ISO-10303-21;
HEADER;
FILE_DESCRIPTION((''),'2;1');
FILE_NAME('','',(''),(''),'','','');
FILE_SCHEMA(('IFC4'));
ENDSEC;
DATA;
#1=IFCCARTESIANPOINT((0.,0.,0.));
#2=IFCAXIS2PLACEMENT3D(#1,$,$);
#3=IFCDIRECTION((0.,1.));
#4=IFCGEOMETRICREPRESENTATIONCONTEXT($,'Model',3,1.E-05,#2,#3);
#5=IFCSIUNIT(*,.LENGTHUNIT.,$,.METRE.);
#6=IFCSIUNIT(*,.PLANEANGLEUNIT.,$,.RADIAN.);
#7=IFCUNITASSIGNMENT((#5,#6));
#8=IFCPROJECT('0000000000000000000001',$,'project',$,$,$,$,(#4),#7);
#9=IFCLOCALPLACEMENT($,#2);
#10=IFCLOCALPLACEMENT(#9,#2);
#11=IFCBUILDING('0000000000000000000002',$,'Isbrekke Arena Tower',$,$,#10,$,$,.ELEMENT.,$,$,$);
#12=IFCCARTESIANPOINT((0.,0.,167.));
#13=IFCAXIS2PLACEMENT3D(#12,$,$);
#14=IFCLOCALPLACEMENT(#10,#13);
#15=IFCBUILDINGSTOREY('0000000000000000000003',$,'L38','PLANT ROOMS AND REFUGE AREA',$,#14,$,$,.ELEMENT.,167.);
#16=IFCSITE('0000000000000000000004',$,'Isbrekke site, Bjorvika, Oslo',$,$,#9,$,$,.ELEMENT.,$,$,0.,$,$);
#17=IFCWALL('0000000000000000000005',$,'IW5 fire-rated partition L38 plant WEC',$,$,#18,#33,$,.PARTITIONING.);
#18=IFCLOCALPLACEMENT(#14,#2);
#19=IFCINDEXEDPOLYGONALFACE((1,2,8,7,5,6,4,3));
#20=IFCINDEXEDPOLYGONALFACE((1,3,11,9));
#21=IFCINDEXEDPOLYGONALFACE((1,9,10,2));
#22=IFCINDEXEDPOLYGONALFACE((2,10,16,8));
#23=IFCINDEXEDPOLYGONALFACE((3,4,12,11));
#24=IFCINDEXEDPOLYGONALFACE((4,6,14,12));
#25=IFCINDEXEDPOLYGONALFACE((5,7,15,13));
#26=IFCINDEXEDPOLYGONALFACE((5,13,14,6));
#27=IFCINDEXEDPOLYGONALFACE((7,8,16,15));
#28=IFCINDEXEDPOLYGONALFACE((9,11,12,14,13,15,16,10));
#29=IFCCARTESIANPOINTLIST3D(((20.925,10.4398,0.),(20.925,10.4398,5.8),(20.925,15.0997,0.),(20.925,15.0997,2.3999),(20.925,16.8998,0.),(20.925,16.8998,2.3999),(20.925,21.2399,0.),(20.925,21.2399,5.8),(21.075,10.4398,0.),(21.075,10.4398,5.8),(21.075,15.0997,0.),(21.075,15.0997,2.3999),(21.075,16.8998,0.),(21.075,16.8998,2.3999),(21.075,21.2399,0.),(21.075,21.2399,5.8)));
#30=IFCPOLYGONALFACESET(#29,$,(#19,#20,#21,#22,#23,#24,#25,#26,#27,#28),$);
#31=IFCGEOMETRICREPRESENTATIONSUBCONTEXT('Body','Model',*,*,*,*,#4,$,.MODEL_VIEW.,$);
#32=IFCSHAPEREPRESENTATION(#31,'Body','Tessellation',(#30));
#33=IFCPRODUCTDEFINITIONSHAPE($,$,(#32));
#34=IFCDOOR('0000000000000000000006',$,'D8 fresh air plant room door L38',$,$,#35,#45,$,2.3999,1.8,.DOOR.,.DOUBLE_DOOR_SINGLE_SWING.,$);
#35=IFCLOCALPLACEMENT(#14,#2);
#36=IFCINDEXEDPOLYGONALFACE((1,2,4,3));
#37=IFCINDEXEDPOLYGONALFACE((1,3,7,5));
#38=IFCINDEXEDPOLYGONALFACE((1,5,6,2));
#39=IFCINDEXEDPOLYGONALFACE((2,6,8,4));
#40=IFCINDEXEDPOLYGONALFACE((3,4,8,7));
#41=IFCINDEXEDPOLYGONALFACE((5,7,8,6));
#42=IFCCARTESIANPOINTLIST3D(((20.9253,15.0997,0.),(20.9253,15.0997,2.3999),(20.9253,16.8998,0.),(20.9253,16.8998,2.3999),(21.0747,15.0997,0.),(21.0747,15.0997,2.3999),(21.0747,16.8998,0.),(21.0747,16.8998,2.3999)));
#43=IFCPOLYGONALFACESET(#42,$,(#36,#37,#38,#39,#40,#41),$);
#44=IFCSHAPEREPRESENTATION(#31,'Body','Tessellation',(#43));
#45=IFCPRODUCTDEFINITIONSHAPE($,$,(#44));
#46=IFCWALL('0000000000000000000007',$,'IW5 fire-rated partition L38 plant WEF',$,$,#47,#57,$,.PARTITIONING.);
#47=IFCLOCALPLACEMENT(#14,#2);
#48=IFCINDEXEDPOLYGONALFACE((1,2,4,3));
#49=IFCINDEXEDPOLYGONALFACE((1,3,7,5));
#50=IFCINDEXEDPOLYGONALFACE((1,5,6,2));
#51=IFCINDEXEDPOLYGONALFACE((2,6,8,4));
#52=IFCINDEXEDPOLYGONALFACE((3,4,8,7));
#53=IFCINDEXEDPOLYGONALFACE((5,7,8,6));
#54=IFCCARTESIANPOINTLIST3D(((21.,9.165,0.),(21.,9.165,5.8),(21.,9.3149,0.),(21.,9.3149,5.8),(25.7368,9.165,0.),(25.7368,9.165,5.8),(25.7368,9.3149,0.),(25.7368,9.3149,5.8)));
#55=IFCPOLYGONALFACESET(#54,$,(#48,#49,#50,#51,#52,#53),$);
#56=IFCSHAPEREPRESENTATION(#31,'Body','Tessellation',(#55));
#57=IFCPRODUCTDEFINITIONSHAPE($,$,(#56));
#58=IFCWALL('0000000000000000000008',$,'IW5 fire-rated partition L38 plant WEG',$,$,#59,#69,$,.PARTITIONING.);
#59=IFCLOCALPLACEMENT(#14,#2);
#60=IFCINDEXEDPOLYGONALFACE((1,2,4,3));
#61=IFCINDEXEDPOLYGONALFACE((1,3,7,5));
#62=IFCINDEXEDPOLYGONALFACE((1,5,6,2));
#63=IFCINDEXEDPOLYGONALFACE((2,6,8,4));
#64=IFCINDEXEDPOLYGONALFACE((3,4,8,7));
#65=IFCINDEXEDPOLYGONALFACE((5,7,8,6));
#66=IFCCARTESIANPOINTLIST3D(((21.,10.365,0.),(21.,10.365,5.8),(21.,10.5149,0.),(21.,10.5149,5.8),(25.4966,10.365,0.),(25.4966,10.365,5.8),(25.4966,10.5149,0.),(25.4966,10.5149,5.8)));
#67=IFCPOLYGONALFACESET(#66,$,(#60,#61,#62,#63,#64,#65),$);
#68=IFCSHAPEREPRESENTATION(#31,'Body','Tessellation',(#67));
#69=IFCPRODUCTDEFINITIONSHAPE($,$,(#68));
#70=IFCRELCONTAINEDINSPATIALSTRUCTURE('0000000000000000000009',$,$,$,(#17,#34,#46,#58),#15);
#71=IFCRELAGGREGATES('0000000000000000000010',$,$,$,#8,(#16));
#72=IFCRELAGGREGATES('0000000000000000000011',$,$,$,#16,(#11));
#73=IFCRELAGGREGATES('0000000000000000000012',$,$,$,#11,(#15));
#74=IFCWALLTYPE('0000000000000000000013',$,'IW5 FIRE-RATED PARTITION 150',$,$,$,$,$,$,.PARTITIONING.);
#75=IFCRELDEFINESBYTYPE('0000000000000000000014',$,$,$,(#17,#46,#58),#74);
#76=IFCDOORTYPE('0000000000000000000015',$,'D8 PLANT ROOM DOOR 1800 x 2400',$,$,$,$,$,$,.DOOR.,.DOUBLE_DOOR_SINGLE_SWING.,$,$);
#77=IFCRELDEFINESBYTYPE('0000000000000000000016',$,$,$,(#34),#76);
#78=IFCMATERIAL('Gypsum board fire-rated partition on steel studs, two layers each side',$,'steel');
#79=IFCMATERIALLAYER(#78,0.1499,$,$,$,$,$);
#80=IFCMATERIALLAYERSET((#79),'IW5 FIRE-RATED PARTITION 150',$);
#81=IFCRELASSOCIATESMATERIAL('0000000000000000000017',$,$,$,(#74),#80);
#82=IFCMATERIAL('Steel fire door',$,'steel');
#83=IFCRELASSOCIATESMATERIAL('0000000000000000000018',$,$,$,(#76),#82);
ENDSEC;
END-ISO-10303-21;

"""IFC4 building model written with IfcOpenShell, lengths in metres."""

from ifc_helpers import new_model, si_unit, direction, frame, frame_2d, origin, place, context, subcontext, project, spatial, rectangle, extrude, material, layer, layer_set, type_object, element, fill, save


model = new_model("IFC4")

# Units and contexts
model_context = context("Model", 3, precision=1e-05, world=origin(), true_north=direction((0.0, 1.0)))
body_context = subcontext(model_context, "Body", "Model", "MODEL_VIEW")
ifc_project = project(units=[si_unit("LENGTHUNIT", "METRE"), si_unit("PLANEANGLEUNIT", "RADIAN")], contexts=[model_context])

# Site, building, storey
site_placement = place(None, origin())
site = spatial("IfcSite", under=ifc_project, at=site_placement, Name="Isbrekke site, Bjorvika, Oslo", CompositionType="ELEMENT", RefElevation=0.0)
building_placement = place(site_placement, origin())
building = spatial("IfcBuilding", under=site, at=building_placement, Name="Isbrekke Arena Tower", CompositionType="ELEMENT")
storey_placement = place(building_placement, frame((0.0, 0.0, 167.0)))
storey = spatial("IfcBuildingStorey", under=building, at=storey_placement, Name="L38", Description="PLANT ROOMS AND REFUGE AREA", CompositionType="ELEMENT", Elevation=167.0)

# Wall, opening, door
ifc_material_1 = material(Name="Gypsum board fire-rated partition on steel studs, two layers each side", Category="steel")
ifc_layer_1 = layer(ifc_material_1, 0.1499)
ifc_layer_set_1 = layer_set([ifc_layer_1], Name="IW5 FIRE-RATED PARTITION 150")
wall_type = type_object("IfcWallType", Name="IW5 FIRE-RATED PARTITION 150", PredefinedType="PARTITIONING", material=ifc_layer_set_1)
wall_1_placement = place(storey_placement, frame((21.0, 10.4399, 0.0), z_axis=(0.0, 0.0, 1.0), x_axis=(0.0, 1.0, 0.0)))
wall_1 = element("IfcWall", 1, at=wall_1_placement, inside=storey, type_object=wall_type, Name="IW5 fire-rated partition L38 plant WEC", PredefinedType="PARTITIONING", context=body_context, shape_type="SweptSolid", body=[
    extrude(rectangle(XDim=10.8, YDim=0.1499, at=frame_2d((5.3999, 0.0))), origin(), (0.0, 0.0, 1.0), 5.8),
])
opening_placement = place(wall_1_placement, frame((4.6599, 0.0, 0.0)))
opening = element("IfcOpeningElement", 2, at=opening_placement, cuts=wall_1, PredefinedType="OPENING", context=body_context, shape_type="SweptSolid", body=[
    extrude(rectangle(XDim=1.8, YDim=2.3999, at=frame_2d((0.8999, 1.2))), frame((0.0, 0.0898, 0.0), z_axis=(0.0, -1.0, 0.0), x_axis=(1.0, 0.0, 0.0)), (0.0, 0.0, 1.0), 0.1797),
])
ifc_material_2 = material(Name="Steel fire door", Category="steel")
door_type = type_object("IfcDoorType", Name="D8 PLANT ROOM DOOR 1800 x 2400", OperationType="DOUBLE_DOOR_SINGLE_SWING", PredefinedType="DOOR", material=ifc_material_2)
door_placement = place(opening_placement, origin())
door = element("IfcDoor", 3, at=door_placement, inside=storey, type_object=door_type, Name="D8 fresh air plant room door L38", OperationType="DOUBLE_DOOR_SINGLE_SWING", OverallHeight=2.3999, OverallWidth=1.8, PredefinedType="DOOR", context=body_context, shape_type="SweptSolid", body=[
    extrude(rectangle(XDim=1.8, YDim=2.3999, at=frame_2d((0.8999, 1.2))), frame((0.0, 0.0747, 0.0), z_axis=(0.0, -1.0, 0.0), x_axis=(1.0, 0.0, 0.0)), (0.0, 0.0, 1.0), 0.1494),
])
fill(opening, door)

# Walls
wall_2_placement = place(storey_placement, frame((21.0, 9.24, 0.0), z_axis=(0.0, 0.0, 1.0), x_axis=(1.0, 0.0, 0.0)))
element("IfcWall", 4, at=wall_2_placement, inside=storey, type_object=wall_type, Name="IW5 fire-rated partition L38 plant WEF", PredefinedType="PARTITIONING", context=body_context, shape_type="SweptSolid", body=[
    extrude(rectangle(XDim=4.7368, YDim=0.1499, at=frame_2d((2.3684, 0.0))), origin(), (0.0, 0.0, 1.0), 5.8),
])
wall_3_placement = place(storey_placement, frame((21.0, 10.4399, 0.0), z_axis=(0.0, 0.0, 1.0), x_axis=(1.0, 0.0, 0.0)))
element("IfcWall", 5, at=wall_3_placement, inside=storey, type_object=wall_type, Name="IW5 fire-rated partition L38 plant WEG", PredefinedType="PARTITIONING", context=body_context, shape_type="SweptSolid", body=[
    extrude(rectangle(XDim=4.4966, YDim=0.1499, at=frame_2d((2.2483, 0.0))), origin(), (0.0, 0.0, 1.0), 5.8),
])

save(model, "model.ifc")
